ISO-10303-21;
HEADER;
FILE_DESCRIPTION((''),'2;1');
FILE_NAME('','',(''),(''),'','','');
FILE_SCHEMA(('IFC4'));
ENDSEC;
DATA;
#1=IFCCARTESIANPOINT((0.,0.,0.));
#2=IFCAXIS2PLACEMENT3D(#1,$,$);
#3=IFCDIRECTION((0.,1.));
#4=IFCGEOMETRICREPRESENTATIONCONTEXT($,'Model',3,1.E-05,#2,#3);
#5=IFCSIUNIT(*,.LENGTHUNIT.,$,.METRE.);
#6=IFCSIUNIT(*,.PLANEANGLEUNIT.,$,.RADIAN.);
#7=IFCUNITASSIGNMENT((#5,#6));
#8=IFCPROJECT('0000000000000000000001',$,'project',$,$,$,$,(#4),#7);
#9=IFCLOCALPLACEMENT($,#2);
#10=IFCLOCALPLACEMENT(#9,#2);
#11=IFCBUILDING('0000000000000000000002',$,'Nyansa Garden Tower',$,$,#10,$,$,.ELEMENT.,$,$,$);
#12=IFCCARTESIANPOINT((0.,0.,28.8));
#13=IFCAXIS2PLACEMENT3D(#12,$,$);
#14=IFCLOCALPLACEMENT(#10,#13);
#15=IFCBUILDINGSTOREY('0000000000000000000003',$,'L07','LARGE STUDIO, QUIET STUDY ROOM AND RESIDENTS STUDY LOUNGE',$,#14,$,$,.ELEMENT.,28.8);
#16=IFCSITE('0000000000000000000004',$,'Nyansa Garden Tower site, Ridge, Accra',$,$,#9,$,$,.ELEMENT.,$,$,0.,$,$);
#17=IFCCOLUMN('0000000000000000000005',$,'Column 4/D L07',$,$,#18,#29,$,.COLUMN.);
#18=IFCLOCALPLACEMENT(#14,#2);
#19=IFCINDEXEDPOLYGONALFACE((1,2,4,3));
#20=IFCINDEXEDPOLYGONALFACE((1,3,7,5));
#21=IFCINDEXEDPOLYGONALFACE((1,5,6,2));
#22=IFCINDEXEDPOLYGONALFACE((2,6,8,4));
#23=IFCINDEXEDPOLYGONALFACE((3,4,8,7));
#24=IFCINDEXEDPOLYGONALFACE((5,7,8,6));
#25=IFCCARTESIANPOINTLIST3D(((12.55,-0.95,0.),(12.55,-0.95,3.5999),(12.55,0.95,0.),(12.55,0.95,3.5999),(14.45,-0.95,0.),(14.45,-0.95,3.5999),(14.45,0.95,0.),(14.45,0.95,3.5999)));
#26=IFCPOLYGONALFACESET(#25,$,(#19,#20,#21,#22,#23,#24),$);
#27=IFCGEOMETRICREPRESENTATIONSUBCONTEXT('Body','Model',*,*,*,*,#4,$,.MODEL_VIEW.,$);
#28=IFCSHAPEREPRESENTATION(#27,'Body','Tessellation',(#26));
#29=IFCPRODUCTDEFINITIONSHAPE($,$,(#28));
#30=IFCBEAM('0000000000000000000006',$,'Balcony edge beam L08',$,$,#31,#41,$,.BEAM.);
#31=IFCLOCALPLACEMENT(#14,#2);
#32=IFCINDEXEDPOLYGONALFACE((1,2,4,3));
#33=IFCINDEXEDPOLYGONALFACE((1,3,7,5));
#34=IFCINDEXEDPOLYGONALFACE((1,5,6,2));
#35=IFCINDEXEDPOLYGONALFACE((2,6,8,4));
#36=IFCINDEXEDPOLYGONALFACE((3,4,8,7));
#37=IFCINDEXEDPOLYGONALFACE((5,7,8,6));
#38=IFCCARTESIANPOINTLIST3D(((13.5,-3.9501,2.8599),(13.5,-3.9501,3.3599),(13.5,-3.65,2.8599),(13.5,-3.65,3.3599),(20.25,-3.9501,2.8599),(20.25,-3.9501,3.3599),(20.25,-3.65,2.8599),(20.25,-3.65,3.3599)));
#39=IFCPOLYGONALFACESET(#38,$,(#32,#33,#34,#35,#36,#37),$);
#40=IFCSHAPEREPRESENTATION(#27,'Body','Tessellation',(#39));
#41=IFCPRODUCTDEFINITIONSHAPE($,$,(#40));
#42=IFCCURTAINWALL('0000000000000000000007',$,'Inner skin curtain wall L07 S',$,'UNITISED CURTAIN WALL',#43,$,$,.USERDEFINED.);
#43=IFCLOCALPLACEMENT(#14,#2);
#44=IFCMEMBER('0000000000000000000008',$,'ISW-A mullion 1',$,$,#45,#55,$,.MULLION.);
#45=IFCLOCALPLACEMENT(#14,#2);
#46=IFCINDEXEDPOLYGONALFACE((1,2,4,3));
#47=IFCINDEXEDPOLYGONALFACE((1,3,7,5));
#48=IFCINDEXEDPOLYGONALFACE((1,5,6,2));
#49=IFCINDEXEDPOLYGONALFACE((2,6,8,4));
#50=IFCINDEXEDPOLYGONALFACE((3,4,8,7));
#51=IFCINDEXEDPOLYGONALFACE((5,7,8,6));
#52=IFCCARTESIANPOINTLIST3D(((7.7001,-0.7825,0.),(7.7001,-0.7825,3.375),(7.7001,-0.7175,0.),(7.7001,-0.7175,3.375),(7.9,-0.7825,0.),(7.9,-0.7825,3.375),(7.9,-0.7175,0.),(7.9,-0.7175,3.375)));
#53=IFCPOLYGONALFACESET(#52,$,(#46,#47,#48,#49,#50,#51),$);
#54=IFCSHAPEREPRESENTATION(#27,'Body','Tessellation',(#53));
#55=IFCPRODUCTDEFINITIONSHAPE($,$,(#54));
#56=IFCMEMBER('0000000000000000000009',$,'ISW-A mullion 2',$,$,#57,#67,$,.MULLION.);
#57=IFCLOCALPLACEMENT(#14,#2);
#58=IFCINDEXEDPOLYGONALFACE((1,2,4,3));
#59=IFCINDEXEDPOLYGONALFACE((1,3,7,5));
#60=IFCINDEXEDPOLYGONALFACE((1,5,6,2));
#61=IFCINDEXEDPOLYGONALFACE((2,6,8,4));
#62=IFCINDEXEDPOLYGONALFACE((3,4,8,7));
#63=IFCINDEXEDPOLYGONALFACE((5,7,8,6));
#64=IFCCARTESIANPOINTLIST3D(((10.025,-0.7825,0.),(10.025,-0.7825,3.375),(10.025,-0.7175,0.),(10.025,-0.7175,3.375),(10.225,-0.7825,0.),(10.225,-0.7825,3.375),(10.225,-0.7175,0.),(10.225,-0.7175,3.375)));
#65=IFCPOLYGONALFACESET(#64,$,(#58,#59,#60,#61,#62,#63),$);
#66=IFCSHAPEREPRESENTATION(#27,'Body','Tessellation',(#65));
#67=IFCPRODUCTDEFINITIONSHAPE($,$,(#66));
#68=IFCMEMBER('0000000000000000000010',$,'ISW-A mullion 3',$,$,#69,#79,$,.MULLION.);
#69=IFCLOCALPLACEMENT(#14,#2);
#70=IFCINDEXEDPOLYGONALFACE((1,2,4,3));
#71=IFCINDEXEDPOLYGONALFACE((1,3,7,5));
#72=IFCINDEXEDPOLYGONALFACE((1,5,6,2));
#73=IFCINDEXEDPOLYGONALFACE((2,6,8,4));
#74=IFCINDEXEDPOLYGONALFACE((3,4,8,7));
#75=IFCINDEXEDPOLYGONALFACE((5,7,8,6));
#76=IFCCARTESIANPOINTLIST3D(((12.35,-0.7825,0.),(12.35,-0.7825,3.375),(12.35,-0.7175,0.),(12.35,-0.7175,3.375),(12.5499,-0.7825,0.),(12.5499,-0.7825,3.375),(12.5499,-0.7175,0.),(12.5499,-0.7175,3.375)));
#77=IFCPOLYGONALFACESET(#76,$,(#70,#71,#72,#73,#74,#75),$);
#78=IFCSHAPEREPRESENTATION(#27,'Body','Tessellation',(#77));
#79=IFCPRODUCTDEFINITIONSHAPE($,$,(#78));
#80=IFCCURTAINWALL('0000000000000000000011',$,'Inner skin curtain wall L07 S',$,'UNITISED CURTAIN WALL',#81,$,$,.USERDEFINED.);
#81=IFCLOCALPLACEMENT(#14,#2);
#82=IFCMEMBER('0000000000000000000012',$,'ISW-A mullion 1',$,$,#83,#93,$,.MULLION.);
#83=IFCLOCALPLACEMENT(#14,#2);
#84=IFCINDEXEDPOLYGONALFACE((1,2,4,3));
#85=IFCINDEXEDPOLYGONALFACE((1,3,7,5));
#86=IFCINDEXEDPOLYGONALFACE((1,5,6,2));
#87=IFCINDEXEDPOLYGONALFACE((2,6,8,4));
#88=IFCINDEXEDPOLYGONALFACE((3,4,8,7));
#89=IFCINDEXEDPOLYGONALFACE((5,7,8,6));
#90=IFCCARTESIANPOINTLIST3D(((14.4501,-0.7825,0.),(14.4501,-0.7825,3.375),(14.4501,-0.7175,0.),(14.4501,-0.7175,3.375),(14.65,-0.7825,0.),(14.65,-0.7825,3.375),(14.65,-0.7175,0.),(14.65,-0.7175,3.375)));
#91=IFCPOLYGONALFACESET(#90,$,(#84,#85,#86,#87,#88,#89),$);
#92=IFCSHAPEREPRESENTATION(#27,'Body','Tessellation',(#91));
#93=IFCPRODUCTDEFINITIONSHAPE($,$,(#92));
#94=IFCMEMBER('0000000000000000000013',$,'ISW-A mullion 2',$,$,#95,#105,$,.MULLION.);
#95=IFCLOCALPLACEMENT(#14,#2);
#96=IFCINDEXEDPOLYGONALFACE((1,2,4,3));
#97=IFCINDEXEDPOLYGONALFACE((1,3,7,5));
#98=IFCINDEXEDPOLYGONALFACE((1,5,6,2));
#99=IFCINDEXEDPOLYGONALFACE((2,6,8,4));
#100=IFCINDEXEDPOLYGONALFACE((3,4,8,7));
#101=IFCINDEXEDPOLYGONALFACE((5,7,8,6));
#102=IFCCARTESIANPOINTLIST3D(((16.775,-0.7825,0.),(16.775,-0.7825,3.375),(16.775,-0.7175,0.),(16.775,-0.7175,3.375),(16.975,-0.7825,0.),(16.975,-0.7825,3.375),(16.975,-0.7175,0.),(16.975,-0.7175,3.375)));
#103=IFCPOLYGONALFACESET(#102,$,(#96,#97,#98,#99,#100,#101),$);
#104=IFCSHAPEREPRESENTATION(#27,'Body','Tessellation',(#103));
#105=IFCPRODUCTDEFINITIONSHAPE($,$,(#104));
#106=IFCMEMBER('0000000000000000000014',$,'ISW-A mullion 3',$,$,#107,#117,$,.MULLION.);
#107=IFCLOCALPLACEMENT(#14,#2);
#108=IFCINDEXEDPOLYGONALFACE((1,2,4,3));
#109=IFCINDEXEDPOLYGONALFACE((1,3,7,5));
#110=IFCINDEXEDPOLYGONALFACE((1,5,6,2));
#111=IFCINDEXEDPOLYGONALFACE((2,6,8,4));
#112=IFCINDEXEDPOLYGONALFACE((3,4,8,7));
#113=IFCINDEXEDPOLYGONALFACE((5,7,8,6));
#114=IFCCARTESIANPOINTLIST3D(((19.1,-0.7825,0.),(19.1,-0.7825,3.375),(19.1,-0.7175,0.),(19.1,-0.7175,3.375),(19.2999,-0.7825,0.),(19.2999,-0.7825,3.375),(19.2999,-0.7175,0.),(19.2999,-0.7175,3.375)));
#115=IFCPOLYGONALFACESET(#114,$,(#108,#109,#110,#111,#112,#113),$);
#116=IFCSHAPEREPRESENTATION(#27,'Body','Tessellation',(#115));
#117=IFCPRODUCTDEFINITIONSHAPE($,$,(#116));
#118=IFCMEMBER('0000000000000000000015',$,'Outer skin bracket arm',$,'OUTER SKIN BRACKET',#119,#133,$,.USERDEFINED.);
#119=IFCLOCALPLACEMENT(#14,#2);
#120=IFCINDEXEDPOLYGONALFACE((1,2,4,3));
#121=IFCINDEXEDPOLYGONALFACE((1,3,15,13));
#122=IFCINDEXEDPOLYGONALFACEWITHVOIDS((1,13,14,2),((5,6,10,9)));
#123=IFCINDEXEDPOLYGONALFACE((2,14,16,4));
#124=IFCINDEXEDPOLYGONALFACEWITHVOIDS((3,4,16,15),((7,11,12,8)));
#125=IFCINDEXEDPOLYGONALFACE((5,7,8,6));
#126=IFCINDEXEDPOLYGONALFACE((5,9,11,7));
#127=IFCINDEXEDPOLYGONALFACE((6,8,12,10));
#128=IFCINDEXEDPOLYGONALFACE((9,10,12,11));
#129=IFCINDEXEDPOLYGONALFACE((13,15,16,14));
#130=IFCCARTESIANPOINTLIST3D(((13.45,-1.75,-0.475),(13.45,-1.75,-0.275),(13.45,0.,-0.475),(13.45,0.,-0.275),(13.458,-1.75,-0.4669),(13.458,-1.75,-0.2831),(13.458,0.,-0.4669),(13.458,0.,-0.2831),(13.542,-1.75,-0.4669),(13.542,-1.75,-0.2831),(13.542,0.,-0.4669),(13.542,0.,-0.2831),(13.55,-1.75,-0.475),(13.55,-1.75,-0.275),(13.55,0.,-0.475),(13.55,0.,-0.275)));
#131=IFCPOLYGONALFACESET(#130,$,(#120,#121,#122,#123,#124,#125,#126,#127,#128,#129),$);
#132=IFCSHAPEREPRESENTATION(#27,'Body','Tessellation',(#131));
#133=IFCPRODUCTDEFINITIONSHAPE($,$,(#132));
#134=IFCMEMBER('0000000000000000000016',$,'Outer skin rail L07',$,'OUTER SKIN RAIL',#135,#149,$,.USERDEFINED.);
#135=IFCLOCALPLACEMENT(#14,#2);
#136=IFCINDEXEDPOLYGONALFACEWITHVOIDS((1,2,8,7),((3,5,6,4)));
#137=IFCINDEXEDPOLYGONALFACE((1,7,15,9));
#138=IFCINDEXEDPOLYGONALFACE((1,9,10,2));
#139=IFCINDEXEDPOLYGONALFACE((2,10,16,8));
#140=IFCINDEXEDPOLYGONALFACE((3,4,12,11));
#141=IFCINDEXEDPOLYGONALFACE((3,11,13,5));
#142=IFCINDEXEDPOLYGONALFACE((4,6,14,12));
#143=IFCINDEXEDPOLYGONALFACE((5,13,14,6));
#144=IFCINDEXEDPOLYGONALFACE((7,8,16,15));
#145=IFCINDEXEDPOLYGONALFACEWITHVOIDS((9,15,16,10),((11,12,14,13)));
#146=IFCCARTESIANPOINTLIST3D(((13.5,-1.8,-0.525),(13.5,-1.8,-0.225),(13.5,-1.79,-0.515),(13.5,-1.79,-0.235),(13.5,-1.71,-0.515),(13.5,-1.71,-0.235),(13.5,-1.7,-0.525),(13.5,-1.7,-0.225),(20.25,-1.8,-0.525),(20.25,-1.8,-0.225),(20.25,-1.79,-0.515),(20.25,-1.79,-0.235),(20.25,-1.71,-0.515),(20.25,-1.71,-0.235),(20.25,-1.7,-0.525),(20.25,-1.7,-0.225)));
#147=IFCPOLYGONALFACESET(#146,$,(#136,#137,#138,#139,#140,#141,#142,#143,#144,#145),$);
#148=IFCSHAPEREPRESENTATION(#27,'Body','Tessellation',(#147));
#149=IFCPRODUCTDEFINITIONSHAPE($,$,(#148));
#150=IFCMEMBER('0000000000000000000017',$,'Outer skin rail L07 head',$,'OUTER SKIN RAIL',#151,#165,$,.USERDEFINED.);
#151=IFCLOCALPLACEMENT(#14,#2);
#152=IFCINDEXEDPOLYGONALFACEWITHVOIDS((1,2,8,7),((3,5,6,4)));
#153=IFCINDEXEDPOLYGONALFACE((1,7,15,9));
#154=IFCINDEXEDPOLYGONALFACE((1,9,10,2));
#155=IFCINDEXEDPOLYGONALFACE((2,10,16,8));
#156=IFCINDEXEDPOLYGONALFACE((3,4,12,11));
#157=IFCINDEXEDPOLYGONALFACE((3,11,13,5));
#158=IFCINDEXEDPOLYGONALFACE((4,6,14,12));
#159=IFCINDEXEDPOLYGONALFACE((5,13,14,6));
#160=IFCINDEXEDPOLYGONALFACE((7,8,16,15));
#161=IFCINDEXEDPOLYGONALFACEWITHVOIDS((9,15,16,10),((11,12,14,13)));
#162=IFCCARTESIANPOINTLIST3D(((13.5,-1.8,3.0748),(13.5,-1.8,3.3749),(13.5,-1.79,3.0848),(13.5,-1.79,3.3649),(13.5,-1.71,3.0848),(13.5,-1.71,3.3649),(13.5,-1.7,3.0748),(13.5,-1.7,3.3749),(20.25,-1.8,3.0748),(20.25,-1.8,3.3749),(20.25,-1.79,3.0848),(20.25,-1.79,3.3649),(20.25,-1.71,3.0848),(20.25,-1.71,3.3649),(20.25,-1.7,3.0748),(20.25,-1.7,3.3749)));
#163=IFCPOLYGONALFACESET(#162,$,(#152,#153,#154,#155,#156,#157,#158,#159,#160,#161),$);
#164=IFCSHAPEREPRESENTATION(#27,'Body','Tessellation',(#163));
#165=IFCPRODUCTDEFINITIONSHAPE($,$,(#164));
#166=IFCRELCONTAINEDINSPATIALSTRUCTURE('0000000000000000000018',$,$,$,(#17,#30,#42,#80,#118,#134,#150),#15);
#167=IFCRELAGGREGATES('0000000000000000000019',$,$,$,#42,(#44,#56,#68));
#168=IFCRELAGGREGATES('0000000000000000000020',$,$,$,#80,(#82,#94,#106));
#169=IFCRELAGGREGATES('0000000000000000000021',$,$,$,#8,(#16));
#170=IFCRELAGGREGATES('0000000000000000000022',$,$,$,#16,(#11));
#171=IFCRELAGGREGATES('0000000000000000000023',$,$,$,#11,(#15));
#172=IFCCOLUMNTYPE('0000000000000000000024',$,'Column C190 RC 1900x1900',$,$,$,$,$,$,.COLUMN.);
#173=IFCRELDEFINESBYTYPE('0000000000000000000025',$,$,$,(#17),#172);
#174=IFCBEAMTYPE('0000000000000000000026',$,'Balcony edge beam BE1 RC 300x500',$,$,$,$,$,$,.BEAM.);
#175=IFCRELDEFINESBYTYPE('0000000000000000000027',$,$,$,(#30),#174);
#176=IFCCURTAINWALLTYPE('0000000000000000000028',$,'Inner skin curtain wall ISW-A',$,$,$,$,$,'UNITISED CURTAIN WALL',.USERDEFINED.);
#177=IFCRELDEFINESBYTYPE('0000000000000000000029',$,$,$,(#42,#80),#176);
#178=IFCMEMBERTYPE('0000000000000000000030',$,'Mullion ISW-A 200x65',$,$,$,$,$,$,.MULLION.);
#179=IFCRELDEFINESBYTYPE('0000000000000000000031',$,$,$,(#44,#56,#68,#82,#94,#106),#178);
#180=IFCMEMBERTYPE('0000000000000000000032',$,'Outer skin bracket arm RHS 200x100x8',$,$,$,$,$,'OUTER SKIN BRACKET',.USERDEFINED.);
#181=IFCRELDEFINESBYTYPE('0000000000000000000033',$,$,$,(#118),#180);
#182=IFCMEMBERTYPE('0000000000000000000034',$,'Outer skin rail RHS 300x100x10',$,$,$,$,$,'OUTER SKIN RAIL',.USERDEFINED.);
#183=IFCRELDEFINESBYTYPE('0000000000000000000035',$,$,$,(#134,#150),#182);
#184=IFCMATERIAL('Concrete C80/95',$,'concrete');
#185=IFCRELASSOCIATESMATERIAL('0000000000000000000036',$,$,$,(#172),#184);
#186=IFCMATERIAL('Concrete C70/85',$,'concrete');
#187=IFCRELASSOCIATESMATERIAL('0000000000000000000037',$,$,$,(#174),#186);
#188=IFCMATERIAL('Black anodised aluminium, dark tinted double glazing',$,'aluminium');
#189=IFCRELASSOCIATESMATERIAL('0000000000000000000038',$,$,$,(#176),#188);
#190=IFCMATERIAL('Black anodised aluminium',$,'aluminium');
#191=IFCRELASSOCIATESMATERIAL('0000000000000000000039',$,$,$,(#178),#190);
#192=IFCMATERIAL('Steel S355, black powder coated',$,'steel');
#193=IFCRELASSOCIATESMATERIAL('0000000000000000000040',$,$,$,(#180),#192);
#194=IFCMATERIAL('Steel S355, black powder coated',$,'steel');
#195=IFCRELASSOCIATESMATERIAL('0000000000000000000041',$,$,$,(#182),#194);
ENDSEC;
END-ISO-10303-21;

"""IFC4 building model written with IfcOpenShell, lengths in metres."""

from ifc_helpers import new_model, si_unit, direction, frame, origin, origin_2d, place, context, subcontext, project, spatial, rectangle, hollow_rectangle, extrude, material, material_profile, profile_set, type_object, element, aggregate, save


model = new_model("IFC4")

# Units and contexts
model_context = context("Model", 3, precision=1e-05, world=origin(), true_north=direction((0.0, 1.0)))
body_context = subcontext(model_context, "Body", "Model", "MODEL_VIEW")
ifc_project = project(units=[si_unit("LENGTHUNIT", "METRE"), si_unit("PLANEANGLEUNIT", "RADIAN")], contexts=[model_context])

# Site, building, storey
site_placement = place(None, origin())
site = spatial("IfcSite", under=ifc_project, at=site_placement, Name="Nyansa Garden Tower site, Ridge, Accra", CompositionType="ELEMENT", RefElevation=0.0)
building_placement = place(site_placement, origin())
building = spatial("IfcBuilding", under=site, at=building_placement, Name="Nyansa Garden Tower", CompositionType="ELEMENT")
storey_placement = place(building_placement, frame((0.0, 0.0, 28.8)))
storey = spatial("IfcBuildingStorey", under=building, at=storey_placement, Name="L07", Description="LARGE STUDIO, QUIET STUDY ROOM AND RESIDENTS STUDY LOUNGE", CompositionType="ELEMENT", Elevation=28.8)

# Column
ifc_material_1 = material(Name="Concrete C80/95", Category="concrete")
ifc_material_profile_1 = material_profile(ifc_material_1, rectangle(XDim=1.8999, YDim=1.8999, at=origin_2d()), Name="RC 1900x1900")
ifc_profile_set_1 = profile_set([ifc_material_profile_1], Name="Concrete C80/95")
column_type = type_object("IfcColumnType", Name="Column C190 RC 1900x1900", PredefinedType="COLUMN", material=ifc_profile_set_1)
column_placement = place(storey_placement, frame((13.5, 0.0, 0.0), z_axis=(0.0, 0.0, 1.0), x_axis=(1.0, 0.0, 0.0)))
element("IfcColumn", 1, at=column_placement, inside=storey, type_object=column_type, Name="Column 4/D L07", PredefinedType="COLUMN", context=body_context, shape_type="SweptSolid", body=[
    extrude(rectangle(XDim=1.8999, YDim=1.8999, at=origin_2d()), origin(), (0.0, 0.0, 1.0), 3.5999),
])

# Beam
ifc_material_2 = material(Name="Concrete C70/85", Category="concrete")
ifc_material_profile_2 = material_profile(ifc_material_2, rectangle(XDim=0.3, YDim=0.5, at=origin_2d()), Name="RC 300x500")
ifc_profile_set_2 = profile_set([ifc_material_profile_2], Name="Concrete C70/85")
beam_type_1 = type_object("IfcBeamType", Name="Balcony edge beam BE1 RC 300x500", PredefinedType="BEAM", material=ifc_profile_set_2)
beam_1_placement = place(storey_placement, frame((13.5, -3.8, 3.1099), z_axis=(1.0, 0.0, 0.0), x_axis=(0.0, 1.0, 0.0)))
element("IfcBeam", 2, at=beam_1_placement, inside=storey, type_object=beam_type_1, Name="Balcony edge beam L08", PredefinedType="BEAM", context=body_context, shape_type="SweptSolid", body=[
    extrude(rectangle(XDim=0.3, YDim=0.5, at=origin_2d()), origin(), (0.0, 0.0, 1.0), 6.75),
])

# Curtain walls, members
ifc_material_3 = material(Name="Black anodised aluminium, dark tinted double glazing", Category="aluminium")
curtain_wall_type = type_object("IfcCurtainWallType", Name="Inner skin curtain wall ISW-A", ElementType="UNITISED CURTAIN WALL", PredefinedType="USERDEFINED", material=ifc_material_3)
curtain_wall_1_placement = place(storey_placement, origin())
curtain_wall_1 = element("IfcCurtainWall", 3, at=curtain_wall_1_placement, inside=storey, type_object=curtain_wall_type, Name="Inner skin curtain wall L07 S", ObjectType="UNITISED CURTAIN WALL", PredefinedType="USERDEFINED")
ifc_material_4 = material(Name="Black anodised aluminium", Category="aluminium")
ifc_material_profile_3 = material_profile(ifc_material_4, rectangle(XDim=0.0649, YDim=0.2, at=origin_2d()), Name="Mullion 200x65")
ifc_profile_set_3 = profile_set([ifc_material_profile_3], Name="Black anodised aluminium")
member_type_1 = type_object("IfcMemberType", Name="Mullion ISW-A 200x65", PredefinedType="MULLION", material=ifc_profile_set_3)
member_1_placement = place(storey_placement, frame((7.8, -0.75, 0.0), z_axis=(0.0, 0.0, 1.0), x_axis=(0.0, 1.0, 0.0)))
member_1 = element("IfcMember", 4, at=member_1_placement, type_object=member_type_1, Name="ISW-A mullion 1", PredefinedType="MULLION", context=body_context, shape_type="SweptSolid", body=[
    extrude(rectangle(XDim=0.0649, YDim=0.2, at=origin_2d()), origin(), (0.0, 0.0, 1.0), 3.375),
])
member_2_placement = place(storey_placement, frame((10.125, -0.75, 0.0), z_axis=(0.0, 0.0, 1.0), x_axis=(0.0, 1.0, 0.0)))
member_2 = element("IfcMember", 5, at=member_2_placement, type_object=member_type_1, Name="ISW-A mullion 2", PredefinedType="MULLION", context=body_context, shape_type="SweptSolid", body=[
    extrude(rectangle(XDim=0.0649, YDim=0.2, at=origin_2d()), origin(), (0.0, 0.0, 1.0), 3.375),
])
member_3_placement = place(storey_placement, frame((12.45, -0.75, 0.0), z_axis=(0.0, 0.0, 1.0), x_axis=(0.0, 1.0, 0.0)))
member_3 = element("IfcMember", 6, at=member_3_placement, type_object=member_type_1, Name="ISW-A mullion 3", PredefinedType="MULLION", context=body_context, shape_type="SweptSolid", body=[
    extrude(rectangle(XDim=0.0649, YDim=0.2, at=origin_2d()), origin(), (0.0, 0.0, 1.0), 3.375),
])
curtain_wall_2_placement = place(storey_placement, origin())
curtain_wall_2 = element("IfcCurtainWall", 7, at=curtain_wall_2_placement, inside=storey, type_object=curtain_wall_type, Name="Inner skin curtain wall L07 S", ObjectType="UNITISED CURTAIN WALL", PredefinedType="USERDEFINED")
member_4_placement = place(storey_placement, frame((14.55, -0.75, 0.0), z_axis=(0.0, 0.0, 1.0), x_axis=(0.0, 1.0, 0.0)))
member_4 = element("IfcMember", 8, at=member_4_placement, type_object=member_type_1, Name="ISW-A mullion 1", PredefinedType="MULLION", context=body_context, shape_type="SweptSolid", body=[
    extrude(rectangle(XDim=0.0649, YDim=0.2, at=origin_2d()), origin(), (0.0, 0.0, 1.0), 3.375),
])
member_5_placement = place(storey_placement, frame((16.875, -0.75, 0.0), z_axis=(0.0, 0.0, 1.0), x_axis=(0.0, 1.0, 0.0)))
member_5 = element("IfcMember", 9, at=member_5_placement, type_object=member_type_1, Name="ISW-A mullion 2", PredefinedType="MULLION", context=body_context, shape_type="SweptSolid", body=[
    extrude(rectangle(XDim=0.0649, YDim=0.2, at=origin_2d()), origin(), (0.0, 0.0, 1.0), 3.375),
])
member_6_placement = place(storey_placement, frame((19.2, -0.75, 0.0), z_axis=(0.0, 0.0, 1.0), x_axis=(0.0, 1.0, 0.0)))
member_6 = element("IfcMember", 10, at=member_6_placement, type_object=member_type_1, Name="ISW-A mullion 3", PredefinedType="MULLION", context=body_context, shape_type="SweptSolid", body=[
    extrude(rectangle(XDim=0.0649, YDim=0.2, at=origin_2d()), origin(), (0.0, 0.0, 1.0), 3.375),
])

# Members
ifc_material_5 = material(Name="Steel S355, black powder coated", Category="steel")
ifc_material_profile_4 = material_profile(ifc_material_5, hollow_rectangle(XDim=0.1001, YDim=0.2, WallThickness=0.0081, at=origin_2d()), Name="RHS 200x100x8")
ifc_profile_set_4 = profile_set([ifc_material_profile_4], Name="Steel S355, black powder coated")
member_type_2 = type_object("IfcMemberType", Name="Outer skin bracket arm RHS 200x100x8", ElementType="OUTER SKIN BRACKET", PredefinedType="USERDEFINED", material=ifc_profile_set_4)
member_7_placement = place(storey_placement, frame((13.5, 0.0, -0.375), z_axis=(0.0, -1.0, 0.0), x_axis=(1.0, 0.0, 0.0)))
element("IfcMember", 11, at=member_7_placement, inside=storey, type_object=member_type_2, Name="Outer skin bracket arm", ObjectType="OUTER SKIN BRACKET", PredefinedType="USERDEFINED", context=body_context, shape_type="SweptSolid", body=[
    extrude(hollow_rectangle(XDim=0.1001, YDim=0.2, WallThickness=0.0081, at=origin_2d()), origin(), (0.0, 0.0, 1.0), 1.75),
])
ifc_material_6 = material(Name="Steel S355, black powder coated", Category="steel")
ifc_material_profile_5 = material_profile(ifc_material_6, hollow_rectangle(XDim=0.1001, YDim=0.3, WallThickness=0.01, at=origin_2d()), Name="RHS 300x100x10")
ifc_profile_set_5 = profile_set([ifc_material_profile_5], Name="Steel S355, black powder coated")
member_type_3 = type_object("IfcMemberType", Name="Outer skin rail RHS 300x100x10", ElementType="OUTER SKIN RAIL", PredefinedType="USERDEFINED", material=ifc_profile_set_5)
for number, where, z_axis, x_axis, name in (
    (12, (13.5, -1.75, -0.375), (1.0, 0.0, 0.0), (0.0, 1.0, 0.0), "Outer skin rail L07"),
    (13, (13.5, -1.75, 3.2249), (1.0, 0.0, 0.0), (0.0, 1.0, 0.0), "Outer skin rail L07 head"),
):
    element("IfcMember", number, at=place(storey_placement, frame(where, z_axis=z_axis, x_axis=x_axis)), inside=storey, type_object=member_type_3, Name=name, ObjectType="OUTER SKIN RAIL", PredefinedType="USERDEFINED", context=body_context, shape_type="SweptSolid", body=[
        extrude(hollow_rectangle(XDim=0.1001, YDim=0.3, WallThickness=0.01, at=origin_2d()), origin(), (0.0, 0.0, 1.0), 6.75),
    ])

aggregate(curtain_wall_1, [member_1, member_2, member_3])
aggregate(curtain_wall_2, [member_4, member_5, member_6])

save(model, "model.ifc")
